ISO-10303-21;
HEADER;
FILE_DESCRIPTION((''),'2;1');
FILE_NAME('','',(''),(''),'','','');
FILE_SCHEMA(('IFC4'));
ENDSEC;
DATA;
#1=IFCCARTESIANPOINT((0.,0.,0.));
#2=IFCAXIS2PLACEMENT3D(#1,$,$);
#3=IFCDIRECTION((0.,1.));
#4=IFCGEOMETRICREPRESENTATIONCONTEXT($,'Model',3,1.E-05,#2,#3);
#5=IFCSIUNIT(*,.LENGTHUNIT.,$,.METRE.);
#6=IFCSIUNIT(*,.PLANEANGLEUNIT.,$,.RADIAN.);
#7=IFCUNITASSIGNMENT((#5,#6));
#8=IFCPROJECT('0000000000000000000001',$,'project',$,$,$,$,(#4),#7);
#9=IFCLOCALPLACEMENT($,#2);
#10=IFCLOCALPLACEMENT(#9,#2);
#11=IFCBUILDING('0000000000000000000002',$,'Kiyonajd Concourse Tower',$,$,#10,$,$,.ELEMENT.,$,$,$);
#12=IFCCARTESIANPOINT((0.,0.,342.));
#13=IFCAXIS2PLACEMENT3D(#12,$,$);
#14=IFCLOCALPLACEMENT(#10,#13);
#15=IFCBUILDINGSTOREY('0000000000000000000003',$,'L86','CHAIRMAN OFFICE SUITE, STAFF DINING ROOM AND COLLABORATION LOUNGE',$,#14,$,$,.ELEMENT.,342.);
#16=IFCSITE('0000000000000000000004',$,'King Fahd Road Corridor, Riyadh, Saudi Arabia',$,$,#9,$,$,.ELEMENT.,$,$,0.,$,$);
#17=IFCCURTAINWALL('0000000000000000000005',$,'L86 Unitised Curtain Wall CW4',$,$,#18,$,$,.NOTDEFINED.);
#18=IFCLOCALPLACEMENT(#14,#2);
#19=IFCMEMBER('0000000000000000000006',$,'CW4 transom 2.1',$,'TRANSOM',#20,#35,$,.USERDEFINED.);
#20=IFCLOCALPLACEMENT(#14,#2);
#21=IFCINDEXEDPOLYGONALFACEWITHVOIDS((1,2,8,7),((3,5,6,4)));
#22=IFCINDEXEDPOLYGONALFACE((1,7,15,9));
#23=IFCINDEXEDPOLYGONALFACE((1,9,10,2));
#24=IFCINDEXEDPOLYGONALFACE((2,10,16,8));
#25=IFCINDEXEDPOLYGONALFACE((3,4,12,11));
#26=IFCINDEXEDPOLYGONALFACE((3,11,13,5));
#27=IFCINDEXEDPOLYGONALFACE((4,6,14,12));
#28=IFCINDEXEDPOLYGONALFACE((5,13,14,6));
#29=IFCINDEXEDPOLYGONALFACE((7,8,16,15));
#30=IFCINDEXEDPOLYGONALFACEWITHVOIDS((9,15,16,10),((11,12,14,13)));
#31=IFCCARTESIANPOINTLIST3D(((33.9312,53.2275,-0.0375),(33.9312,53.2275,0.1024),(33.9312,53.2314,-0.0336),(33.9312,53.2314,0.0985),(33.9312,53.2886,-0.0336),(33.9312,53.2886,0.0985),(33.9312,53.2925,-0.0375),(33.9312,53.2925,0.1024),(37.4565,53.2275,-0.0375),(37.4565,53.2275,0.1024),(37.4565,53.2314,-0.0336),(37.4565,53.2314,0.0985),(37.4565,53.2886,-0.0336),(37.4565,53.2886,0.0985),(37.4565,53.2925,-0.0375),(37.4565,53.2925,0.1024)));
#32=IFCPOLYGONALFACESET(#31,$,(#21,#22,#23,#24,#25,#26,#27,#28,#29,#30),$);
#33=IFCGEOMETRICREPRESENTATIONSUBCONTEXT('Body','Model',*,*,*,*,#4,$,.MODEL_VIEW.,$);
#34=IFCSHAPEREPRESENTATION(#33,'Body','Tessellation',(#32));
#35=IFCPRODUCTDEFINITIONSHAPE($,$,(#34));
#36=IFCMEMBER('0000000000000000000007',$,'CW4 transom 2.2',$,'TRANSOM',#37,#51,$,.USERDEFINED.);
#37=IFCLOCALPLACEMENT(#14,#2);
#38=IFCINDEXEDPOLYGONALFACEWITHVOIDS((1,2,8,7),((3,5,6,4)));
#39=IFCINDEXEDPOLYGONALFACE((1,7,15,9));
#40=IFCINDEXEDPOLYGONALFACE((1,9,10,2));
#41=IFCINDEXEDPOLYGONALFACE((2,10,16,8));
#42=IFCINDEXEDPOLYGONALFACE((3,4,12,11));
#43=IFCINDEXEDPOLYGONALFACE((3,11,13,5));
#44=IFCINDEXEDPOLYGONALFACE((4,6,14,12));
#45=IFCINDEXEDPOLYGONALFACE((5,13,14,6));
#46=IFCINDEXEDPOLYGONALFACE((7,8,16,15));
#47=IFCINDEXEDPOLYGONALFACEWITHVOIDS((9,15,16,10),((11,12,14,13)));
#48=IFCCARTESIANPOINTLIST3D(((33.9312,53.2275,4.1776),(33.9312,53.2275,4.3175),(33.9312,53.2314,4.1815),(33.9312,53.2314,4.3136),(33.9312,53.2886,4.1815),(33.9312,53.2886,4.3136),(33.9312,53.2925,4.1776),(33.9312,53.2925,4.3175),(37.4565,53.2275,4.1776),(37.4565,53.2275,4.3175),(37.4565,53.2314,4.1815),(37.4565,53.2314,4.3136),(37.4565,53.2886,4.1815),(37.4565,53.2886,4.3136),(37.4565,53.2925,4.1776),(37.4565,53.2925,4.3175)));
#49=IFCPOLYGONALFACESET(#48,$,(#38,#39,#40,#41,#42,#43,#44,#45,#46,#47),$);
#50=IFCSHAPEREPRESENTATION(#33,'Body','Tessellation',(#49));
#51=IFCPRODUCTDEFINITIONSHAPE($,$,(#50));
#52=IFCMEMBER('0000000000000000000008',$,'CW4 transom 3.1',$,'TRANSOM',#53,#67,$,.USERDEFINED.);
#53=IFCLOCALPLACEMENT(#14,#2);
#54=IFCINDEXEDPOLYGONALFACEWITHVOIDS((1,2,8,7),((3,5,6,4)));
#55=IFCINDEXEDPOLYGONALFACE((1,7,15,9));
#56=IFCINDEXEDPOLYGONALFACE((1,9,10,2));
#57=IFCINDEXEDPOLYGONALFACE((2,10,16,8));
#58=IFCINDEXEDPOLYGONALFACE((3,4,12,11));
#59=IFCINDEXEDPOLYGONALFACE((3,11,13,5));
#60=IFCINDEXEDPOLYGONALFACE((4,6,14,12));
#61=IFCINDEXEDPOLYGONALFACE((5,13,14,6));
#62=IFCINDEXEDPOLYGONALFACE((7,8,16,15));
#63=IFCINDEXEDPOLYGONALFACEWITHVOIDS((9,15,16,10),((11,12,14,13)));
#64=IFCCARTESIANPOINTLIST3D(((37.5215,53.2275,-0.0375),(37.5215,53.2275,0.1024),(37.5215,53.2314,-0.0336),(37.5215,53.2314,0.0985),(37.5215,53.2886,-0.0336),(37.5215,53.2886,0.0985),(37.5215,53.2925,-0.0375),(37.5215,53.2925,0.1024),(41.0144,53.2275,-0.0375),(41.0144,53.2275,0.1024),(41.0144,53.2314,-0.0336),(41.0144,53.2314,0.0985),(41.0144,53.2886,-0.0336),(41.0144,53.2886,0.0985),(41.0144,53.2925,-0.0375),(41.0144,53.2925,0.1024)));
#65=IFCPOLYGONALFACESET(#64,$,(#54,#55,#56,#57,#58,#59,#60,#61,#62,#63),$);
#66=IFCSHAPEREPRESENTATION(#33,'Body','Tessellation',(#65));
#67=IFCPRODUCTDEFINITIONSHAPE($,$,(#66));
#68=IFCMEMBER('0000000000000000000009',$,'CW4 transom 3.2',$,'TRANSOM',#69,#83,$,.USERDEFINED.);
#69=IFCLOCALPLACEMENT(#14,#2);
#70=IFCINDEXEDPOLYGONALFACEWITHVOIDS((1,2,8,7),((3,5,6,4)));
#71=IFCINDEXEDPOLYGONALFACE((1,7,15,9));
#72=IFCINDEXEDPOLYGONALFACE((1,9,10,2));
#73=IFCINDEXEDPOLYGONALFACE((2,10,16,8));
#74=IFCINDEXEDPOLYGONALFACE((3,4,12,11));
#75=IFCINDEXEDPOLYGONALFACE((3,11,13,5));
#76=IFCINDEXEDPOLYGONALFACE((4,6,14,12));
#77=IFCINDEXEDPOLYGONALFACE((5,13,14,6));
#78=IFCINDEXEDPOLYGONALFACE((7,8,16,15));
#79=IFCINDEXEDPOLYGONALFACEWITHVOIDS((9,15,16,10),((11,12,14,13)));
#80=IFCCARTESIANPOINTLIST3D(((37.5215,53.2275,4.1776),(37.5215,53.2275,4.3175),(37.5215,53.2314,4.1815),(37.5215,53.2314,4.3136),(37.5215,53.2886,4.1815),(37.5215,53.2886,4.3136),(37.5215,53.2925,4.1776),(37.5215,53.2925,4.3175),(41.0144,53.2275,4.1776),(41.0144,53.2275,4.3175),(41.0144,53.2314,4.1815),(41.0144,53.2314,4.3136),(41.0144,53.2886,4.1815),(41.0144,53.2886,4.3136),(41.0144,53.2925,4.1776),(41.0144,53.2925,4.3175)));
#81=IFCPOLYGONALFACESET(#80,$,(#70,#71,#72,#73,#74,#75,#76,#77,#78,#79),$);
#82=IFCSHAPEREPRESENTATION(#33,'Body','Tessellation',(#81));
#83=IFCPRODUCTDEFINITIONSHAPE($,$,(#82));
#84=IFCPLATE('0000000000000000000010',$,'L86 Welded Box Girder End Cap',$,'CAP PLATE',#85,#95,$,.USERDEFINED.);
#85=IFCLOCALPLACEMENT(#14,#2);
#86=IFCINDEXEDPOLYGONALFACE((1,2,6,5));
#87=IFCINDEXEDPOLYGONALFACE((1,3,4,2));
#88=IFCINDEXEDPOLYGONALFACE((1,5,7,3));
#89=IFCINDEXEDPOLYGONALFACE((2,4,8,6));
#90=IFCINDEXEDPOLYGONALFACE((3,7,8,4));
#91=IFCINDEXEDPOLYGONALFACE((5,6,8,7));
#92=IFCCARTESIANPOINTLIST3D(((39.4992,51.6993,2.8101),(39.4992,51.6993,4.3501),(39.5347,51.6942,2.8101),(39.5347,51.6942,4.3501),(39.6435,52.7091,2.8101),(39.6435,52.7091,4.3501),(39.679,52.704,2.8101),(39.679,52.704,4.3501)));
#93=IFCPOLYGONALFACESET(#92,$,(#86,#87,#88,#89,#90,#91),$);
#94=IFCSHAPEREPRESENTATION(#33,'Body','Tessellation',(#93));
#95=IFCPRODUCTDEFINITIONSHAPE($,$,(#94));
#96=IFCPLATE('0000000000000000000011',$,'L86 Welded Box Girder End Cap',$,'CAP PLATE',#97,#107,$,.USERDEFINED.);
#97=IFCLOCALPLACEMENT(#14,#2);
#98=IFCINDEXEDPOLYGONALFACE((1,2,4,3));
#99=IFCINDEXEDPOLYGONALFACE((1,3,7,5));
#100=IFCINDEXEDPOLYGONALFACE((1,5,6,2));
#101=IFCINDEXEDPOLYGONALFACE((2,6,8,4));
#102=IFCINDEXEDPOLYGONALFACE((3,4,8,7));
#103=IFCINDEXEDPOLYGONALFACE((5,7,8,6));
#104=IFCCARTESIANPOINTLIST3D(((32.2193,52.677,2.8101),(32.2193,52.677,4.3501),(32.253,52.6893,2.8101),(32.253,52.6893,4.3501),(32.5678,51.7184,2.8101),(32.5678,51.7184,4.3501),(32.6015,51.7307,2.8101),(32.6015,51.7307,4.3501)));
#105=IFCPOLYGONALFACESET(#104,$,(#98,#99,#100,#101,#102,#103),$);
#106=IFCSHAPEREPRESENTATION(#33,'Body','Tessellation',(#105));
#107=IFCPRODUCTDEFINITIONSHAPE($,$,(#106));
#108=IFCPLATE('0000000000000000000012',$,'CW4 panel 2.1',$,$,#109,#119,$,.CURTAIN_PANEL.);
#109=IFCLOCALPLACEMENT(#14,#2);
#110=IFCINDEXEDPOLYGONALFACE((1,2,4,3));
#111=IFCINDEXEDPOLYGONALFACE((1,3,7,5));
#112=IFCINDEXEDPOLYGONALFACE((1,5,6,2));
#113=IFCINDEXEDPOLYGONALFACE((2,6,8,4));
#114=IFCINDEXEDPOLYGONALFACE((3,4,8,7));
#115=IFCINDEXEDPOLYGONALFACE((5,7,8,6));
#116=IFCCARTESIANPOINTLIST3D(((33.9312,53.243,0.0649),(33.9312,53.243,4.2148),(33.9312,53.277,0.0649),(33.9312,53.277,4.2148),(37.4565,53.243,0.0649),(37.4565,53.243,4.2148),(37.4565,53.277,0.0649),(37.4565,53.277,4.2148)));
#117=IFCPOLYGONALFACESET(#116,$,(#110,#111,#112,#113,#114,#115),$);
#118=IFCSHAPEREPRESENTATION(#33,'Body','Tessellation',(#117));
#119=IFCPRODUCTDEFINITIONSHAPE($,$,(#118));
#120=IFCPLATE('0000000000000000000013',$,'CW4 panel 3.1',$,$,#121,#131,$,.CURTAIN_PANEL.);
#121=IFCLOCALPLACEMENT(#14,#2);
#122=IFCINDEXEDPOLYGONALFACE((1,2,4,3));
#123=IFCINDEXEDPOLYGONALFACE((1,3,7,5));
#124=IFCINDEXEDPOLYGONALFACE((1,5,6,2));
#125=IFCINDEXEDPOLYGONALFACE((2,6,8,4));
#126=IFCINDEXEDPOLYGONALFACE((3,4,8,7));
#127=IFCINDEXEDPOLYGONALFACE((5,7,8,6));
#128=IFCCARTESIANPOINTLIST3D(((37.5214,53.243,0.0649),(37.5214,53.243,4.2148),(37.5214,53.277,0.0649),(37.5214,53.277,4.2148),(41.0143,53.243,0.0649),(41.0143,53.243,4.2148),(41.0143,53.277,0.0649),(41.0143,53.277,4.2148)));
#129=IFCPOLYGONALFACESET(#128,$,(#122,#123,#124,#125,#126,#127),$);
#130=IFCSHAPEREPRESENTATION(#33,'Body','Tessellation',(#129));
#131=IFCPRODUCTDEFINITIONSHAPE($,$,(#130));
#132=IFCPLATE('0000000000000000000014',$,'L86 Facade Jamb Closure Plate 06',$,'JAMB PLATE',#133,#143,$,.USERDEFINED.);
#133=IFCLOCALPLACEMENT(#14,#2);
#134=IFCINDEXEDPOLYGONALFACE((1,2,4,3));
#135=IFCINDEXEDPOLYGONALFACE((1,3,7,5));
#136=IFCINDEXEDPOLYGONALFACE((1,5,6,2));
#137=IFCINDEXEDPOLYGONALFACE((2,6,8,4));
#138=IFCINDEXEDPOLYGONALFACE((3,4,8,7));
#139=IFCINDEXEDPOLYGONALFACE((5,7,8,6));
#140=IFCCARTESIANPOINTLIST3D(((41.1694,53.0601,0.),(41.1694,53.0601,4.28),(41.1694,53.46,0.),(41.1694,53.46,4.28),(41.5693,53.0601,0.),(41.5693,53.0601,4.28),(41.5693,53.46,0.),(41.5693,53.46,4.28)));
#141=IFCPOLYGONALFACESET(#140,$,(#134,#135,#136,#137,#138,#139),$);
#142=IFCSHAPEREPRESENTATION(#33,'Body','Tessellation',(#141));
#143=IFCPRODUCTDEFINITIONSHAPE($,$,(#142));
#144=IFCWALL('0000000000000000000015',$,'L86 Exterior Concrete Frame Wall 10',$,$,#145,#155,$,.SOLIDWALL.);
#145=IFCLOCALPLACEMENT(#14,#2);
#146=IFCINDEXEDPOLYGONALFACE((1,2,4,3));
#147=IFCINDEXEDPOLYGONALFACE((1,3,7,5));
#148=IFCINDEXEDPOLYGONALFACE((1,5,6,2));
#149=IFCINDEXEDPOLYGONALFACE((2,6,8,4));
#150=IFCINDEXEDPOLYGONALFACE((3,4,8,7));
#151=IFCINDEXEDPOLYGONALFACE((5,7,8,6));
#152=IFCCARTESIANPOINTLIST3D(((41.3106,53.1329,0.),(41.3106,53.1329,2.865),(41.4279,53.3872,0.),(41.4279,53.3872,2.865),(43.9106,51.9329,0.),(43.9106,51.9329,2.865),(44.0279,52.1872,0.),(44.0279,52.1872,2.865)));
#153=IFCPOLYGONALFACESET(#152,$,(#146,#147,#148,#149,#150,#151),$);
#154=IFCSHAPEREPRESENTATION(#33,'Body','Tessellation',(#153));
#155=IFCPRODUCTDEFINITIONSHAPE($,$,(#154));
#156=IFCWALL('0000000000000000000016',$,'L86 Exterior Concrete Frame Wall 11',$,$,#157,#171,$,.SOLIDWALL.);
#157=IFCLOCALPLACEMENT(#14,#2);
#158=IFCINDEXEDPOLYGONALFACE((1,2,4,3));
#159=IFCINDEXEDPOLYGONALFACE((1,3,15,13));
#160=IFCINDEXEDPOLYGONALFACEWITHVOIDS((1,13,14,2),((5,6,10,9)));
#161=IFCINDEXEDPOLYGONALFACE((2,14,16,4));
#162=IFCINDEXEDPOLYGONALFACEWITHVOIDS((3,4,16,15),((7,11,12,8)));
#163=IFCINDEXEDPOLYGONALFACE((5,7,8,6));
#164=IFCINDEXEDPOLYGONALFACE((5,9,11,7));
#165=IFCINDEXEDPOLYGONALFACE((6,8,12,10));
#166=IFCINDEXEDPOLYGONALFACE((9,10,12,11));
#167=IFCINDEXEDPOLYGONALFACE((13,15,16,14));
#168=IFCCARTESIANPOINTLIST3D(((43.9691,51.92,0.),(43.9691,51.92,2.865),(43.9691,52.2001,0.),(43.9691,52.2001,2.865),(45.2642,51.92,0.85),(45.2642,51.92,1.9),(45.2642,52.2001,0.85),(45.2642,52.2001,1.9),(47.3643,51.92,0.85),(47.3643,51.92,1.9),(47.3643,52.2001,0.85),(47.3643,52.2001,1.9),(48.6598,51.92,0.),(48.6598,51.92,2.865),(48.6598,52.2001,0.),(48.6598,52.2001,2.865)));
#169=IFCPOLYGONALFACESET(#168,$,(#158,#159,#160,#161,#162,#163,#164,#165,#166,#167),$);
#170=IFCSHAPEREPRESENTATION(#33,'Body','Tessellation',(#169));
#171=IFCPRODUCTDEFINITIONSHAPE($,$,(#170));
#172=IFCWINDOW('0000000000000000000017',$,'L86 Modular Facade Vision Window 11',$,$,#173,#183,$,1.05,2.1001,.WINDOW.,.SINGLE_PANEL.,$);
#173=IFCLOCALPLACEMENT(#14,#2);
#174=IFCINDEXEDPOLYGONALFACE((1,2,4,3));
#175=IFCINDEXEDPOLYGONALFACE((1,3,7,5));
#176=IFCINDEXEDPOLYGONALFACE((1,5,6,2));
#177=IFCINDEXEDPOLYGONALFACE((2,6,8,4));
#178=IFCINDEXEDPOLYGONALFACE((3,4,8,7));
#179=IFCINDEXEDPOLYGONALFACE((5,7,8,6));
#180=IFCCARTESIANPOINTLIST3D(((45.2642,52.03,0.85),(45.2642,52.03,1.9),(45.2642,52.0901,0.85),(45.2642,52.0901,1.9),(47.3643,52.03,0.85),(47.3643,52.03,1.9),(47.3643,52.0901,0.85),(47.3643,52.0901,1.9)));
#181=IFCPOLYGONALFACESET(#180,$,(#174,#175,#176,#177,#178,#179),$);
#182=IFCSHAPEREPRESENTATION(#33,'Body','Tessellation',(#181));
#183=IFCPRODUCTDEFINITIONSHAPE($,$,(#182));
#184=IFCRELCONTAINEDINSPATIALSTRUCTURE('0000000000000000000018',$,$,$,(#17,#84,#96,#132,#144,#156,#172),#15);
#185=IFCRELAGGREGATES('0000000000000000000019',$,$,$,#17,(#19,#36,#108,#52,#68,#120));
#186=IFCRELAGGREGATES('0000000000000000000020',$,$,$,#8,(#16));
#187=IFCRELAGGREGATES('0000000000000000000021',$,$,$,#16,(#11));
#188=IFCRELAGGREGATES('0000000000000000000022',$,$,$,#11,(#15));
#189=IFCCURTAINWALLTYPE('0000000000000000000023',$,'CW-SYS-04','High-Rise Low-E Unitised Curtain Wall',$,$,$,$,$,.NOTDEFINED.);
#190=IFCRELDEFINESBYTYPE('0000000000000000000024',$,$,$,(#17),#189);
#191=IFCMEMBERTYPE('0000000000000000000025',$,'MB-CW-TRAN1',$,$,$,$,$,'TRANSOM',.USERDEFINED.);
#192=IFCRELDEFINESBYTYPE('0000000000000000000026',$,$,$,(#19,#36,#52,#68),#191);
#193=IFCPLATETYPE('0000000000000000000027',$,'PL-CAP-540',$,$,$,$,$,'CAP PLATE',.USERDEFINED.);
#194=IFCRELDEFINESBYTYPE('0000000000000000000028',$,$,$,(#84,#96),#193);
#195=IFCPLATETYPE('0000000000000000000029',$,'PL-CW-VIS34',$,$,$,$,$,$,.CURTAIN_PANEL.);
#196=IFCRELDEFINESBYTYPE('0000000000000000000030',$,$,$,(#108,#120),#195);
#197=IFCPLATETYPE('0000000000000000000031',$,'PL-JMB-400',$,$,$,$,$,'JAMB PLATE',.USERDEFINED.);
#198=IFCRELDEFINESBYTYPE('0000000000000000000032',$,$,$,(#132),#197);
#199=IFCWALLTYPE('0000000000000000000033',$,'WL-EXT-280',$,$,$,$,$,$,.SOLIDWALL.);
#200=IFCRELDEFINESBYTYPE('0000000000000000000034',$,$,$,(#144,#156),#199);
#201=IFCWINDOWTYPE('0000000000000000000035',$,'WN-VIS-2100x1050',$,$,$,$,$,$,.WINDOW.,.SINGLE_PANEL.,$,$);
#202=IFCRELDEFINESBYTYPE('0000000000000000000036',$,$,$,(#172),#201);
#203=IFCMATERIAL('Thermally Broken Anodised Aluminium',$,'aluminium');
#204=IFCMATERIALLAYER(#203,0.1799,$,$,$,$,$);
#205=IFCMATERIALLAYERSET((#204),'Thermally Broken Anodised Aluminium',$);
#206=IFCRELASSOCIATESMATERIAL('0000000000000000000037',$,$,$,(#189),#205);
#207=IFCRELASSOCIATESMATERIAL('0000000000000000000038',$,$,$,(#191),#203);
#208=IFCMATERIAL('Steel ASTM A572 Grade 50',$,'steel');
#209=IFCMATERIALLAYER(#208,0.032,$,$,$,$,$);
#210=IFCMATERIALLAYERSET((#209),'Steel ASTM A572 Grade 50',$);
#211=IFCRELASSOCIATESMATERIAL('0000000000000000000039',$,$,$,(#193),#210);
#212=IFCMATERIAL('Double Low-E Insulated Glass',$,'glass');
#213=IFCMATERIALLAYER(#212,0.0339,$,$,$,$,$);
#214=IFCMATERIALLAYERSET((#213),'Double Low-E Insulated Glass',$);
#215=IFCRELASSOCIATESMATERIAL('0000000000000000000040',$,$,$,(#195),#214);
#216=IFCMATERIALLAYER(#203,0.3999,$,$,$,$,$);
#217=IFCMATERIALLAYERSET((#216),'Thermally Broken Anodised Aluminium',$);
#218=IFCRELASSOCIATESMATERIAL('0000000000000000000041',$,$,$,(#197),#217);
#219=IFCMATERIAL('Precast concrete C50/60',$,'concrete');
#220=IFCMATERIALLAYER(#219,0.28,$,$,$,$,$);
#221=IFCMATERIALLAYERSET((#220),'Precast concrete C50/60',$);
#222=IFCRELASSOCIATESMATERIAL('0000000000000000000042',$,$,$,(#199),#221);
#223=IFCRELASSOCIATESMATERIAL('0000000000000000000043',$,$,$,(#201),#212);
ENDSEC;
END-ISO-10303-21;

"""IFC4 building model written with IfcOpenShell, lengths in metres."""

from ifc_helpers import new_model, si_unit, direction, frame, frame_2d, origin, origin_2d, place, context, subcontext, project, spatial, rectangle, hollow_rectangle, extrude, material, layer, layer_set, material_profile, profile_set, type_object, element, fill, aggregate, save


model = new_model("IFC4")

# Units and contexts
model_context = context("Model", 3, precision=1e-05, world=origin(), true_north=direction((0.0, 1.0)))
body_context = subcontext(model_context, "Body", "Model", "MODEL_VIEW")
ifc_project = project(units=[si_unit("LENGTHUNIT", "METRE"), si_unit("PLANEANGLEUNIT", "RADIAN")], contexts=[model_context])

# Site, building, storey
site_placement = place(None, origin())
site = spatial("IfcSite", under=ifc_project, at=site_placement, Name="King Fahd Road Corridor, Riyadh, Saudi Arabia", CompositionType="ELEMENT", RefElevation=0.0)
building_placement = place(site_placement, origin())
building = spatial("IfcBuilding", under=site, at=building_placement, Name="Kiyonajd Concourse Tower", CompositionType="ELEMENT")
storey_placement = place(building_placement, frame((0.0, 0.0, 342.0)))
storey = spatial("IfcBuildingStorey", under=building, at=storey_placement, Name="L86", Description="CHAIRMAN OFFICE SUITE, STAFF DINING ROOM AND COLLABORATION LOUNGE", CompositionType="ELEMENT", Elevation=342.0)

# Curtain wall, members
ifc_material_1 = material(Name="Thermally Broken Anodised Aluminium", Category="aluminium")
ifc_layer_1 = layer(ifc_material_1, 0.1799)
ifc_layer_set_1 = layer_set([ifc_layer_1], Name="Thermally Broken Anodised Aluminium")
curtain_wall_type = type_object("IfcCurtainWallType", Name="CW-SYS-04", Description="High-Rise Low-E Unitised Curtain Wall", PredefinedType="NOTDEFINED", material=ifc_layer_set_1)
curtain_wall_placement = place(storey_placement, origin())
curtain_wall = element("IfcCurtainWall", 1, at=curtain_wall_placement, inside=storey, type_object=curtain_wall_type, Name="L86 Unitised Curtain Wall CW4", PredefinedType="NOTDEFINED")
ifc_material_profile_1 = material_profile(ifc_material_1, hollow_rectangle(XDim=0.0649, YDim=0.1399, WallThickness=0.0039, at=origin_2d()), Name="TRAN-65x140")
ifc_profile_set_1 = profile_set([ifc_material_profile_1], Name="Thermally Broken Anodised Aluminium")
member_type_1 = type_object("IfcMemberType", Name="MB-CW-TRAN1", ElementType="TRANSOM", PredefinedType="USERDEFINED", material=ifc_profile_set_1)
member_1_placement = place(storey_placement, frame((33.9312, 53.26, 0.0325), z_axis=(1.0, 0.0, 0.0), x_axis=(0.0, 1.0, 0.0)))
member_1 = element("IfcMember", 2, at=member_1_placement, type_object=member_type_1, Name="CW4 transom 2.1", ObjectType="TRANSOM", PredefinedType="USERDEFINED", context=body_context, shape_type="SweptSolid", body=[
    extrude(hollow_rectangle(XDim=0.0649, YDim=0.1399, WallThickness=0.0039, at=origin_2d()), origin(), (0.0, 0.0, 1.0), 3.5254),
])
member_2_placement = place(storey_placement, frame((33.9312, 53.26, 4.2476), z_axis=(1.0, 0.0, 0.0), x_axis=(0.0, 1.0, 0.0)))
member_2 = element("IfcMember", 3, at=member_2_placement, type_object=member_type_1, Name="CW4 transom 2.2", ObjectType="TRANSOM", PredefinedType="USERDEFINED", context=body_context, shape_type="SweptSolid", body=[
    extrude(hollow_rectangle(XDim=0.0649, YDim=0.1399, WallThickness=0.0039, at=origin_2d()), origin(), (0.0, 0.0, 1.0), 3.5254),
])
member_3_placement = place(storey_placement, frame((37.5215, 53.26, 0.0325), z_axis=(1.0, 0.0, 0.0), x_axis=(0.0, 1.0, 0.0)))
member_3 = element("IfcMember", 4, at=member_3_placement, type_object=member_type_1, Name="CW4 transom 3.1", ObjectType="TRANSOM", PredefinedType="USERDEFINED", context=body_context, shape_type="SweptSolid", body=[
    extrude(hollow_rectangle(XDim=0.0649, YDim=0.1399, WallThickness=0.0039, at=origin_2d()), origin(), (0.0, 0.0, 1.0), 3.4929),
])
member_4_placement = place(storey_placement, frame((37.5215, 53.26, 4.2476), z_axis=(1.0, 0.0, 0.0), x_axis=(0.0, 1.0, 0.0)))
member_4 = element("IfcMember", 5, at=member_4_placement, type_object=member_type_1, Name="CW4 transom 3.2", ObjectType="TRANSOM", PredefinedType="USERDEFINED", context=body_context, shape_type="SweptSolid", body=[
    extrude(hollow_rectangle(XDim=0.0649, YDim=0.1399, WallThickness=0.0039, at=origin_2d()), origin(), (0.0, 0.0, 1.0), 3.4929),
])

# Plates
ifc_material_2 = material(Name="Steel ASTM A572 Grade 50", Category="steel")
ifc_layer_2 = layer(ifc_material_2, 0.032)
ifc_layer_set_2 = layer_set([ifc_layer_2], Name="Steel ASTM A572 Grade 50")
plate_type_1 = type_object("IfcPlateType", Name="PL-CAP-540", ElementType="CAP PLATE", PredefinedType="USERDEFINED", material=ifc_layer_set_2)
for number, where, z_axis, x_axis, name in (
    (6, (39.5891, 52.2017, 2.8101), (0.0, 0.0, 1.0), (-0.98995, 0.14142, 0.0), "L86 Welded Box Girder End Cap"),
    (7, (32.4104, 52.2039, 2.8101), (0.0, 0.0, 1.0), (0.939812, 0.341692, 0.0), "L86 Welded Box Girder End Cap"),
):
    element("IfcPlate", number, at=place(storey_placement, frame(where, z_axis=z_axis, x_axis=x_axis)), inside=storey, type_object=plate_type_1, Name=name, ObjectType="CAP PLATE", PredefinedType="USERDEFINED", context=body_context, shape_type="SweptSolid", body=[
        extrude(rectangle(XDim=0.0359, YDim=1.02, at=origin_2d()), origin(), (0.0, 0.0, 1.0), 1.54),
    ])

# Plates
ifc_material_3 = material(Name="Double Low-E Insulated Glass", Category="glass")
ifc_layer_3 = layer(ifc_material_3, 0.0339)
ifc_layer_set_3 = layer_set([ifc_layer_3], Name="Double Low-E Insulated Glass")
plate_type_2 = type_object("IfcPlateType", Name="PL-CW-VIS34", PredefinedType="CURTAIN_PANEL", material=ifc_layer_set_3)
plate_1_placement = place(storey_placement, frame((35.6938, 53.26, 0.0649), z_axis=(0.0, 0.0, 1.0), x_axis=(1.0, 0.0, 0.0)))
plate_1 = element("IfcPlate", 8, at=plate_1_placement, type_object=plate_type_2, Name="CW4 panel 2.1", PredefinedType="CURTAIN_PANEL", context=body_context, shape_type="SweptSolid", body=[
    extrude(rectangle(XDim=3.5254, YDim=0.0339, at=origin_2d()), origin(), (0.0, 0.0, 1.0), 4.1499),
])
plate_2_placement = place(storey_placement, frame((39.2678, 53.26, 0.0649), z_axis=(0.0, 0.0, 1.0), x_axis=(1.0, 0.0, 0.0)))
plate_2 = element("IfcPlate", 9, at=plate_2_placement, type_object=plate_type_2, Name="CW4 panel 3.1", PredefinedType="CURTAIN_PANEL", context=body_context, shape_type="SweptSolid", body=[
    extrude(rectangle(XDim=3.4929, YDim=0.0339, at=origin_2d()), origin(), (0.0, 0.0, 1.0), 4.1499),
])
aggregate(curtain_wall, [member_1, member_2, plate_1, member_3, member_4, plate_2])
ifc_layer_4 = layer(ifc_material_1, 0.3999)
ifc_layer_set_4 = layer_set([ifc_layer_4], Name="Thermally Broken Anodised Aluminium")
plate_type_3 = type_object("IfcPlateType", Name="PL-JMB-400", ElementType="JAMB PLATE", PredefinedType="USERDEFINED", material=ifc_layer_set_4)
plate_3_placement = place(storey_placement, frame((41.3694, 53.26, 0.0), z_axis=(0.0, 0.0, 1.0), x_axis=(1.0, 0.0, 0.0)))
element("IfcPlate", 10, at=plate_3_placement, inside=storey, type_object=plate_type_3, Name="L86 Facade Jamb Closure Plate 06", ObjectType="JAMB PLATE", PredefinedType="USERDEFINED", context=body_context, shape_type="SweptSolid", body=[
    extrude(rectangle(XDim=0.3999, YDim=0.3999, at=origin_2d()), origin(), (0.0, 0.0, 1.0), 4.28),
])

# Wall
ifc_material_4 = material(Name="Precast concrete C50/60", Category="concrete")
ifc_layer_5 = layer(ifc_material_4, 0.28)
ifc_layer_set_5 = layer_set([ifc_layer_5], Name="Precast concrete C50/60")
wall_type_1 = type_object("IfcWallType", Name="WL-EXT-280", PredefinedType="SOLIDWALL", material=ifc_layer_set_5)
wall_1_placement = place(storey_placement, frame((41.3694, 53.26, 0.0), z_axis=(0.0, 0.0, 1.0), x_axis=(0.907957, -0.419064, 0.0)))
element("IfcWall", 11, at=wall_1_placement, inside=storey, type_object=wall_type_1, Name="L86 Exterior Concrete Frame Wall 10", PredefinedType="SOLIDWALL", context=body_context, shape_type="SweptSolid", body=[
    extrude(rectangle(XDim=2.8635, YDim=0.28, at=frame_2d((1.4316, 0.0))), origin(), (0.0, 0.0, 1.0), 2.865),
])

# Wall, opening, window
wall_2_placement = place(storey_placement, frame((43.9692, 52.0601, 0.0), z_axis=(0.0, 0.0, 1.0), x_axis=(1.0, 0.0, 0.0)))
wall_2 = element("IfcWall", 12, at=wall_2_placement, inside=storey, type_object=wall_type_1, Name="L86 Exterior Concrete Frame Wall 11", PredefinedType="SOLIDWALL", context=body_context, shape_type="SweptSolid", body=[
    extrude(rectangle(XDim=4.6907, YDim=0.28, at=frame_2d((2.3452, 0.0))), origin(), (0.0, 0.0, 1.0), 2.865),
])
opening_placement = place(wall_2_placement, frame((1.2949, 0.0, 0.8501)))
opening = element("IfcOpeningElement", 13, at=opening_placement, cuts=wall_2, PredefinedType="OPENING", context=body_context, shape_type="SweptSolid", body=[
    extrude(rectangle(XDim=2.1001, YDim=1.05, at=frame_2d((1.05, 0.5249))), frame((0.0, 0.1499, 0.0), z_axis=(0.0, -1.0, 0.0), x_axis=(1.0, 0.0, 0.0)), (0.0, 0.0, 1.0), 0.3),
])
window_type = type_object("IfcWindowType", Name="WN-VIS-2100x1050", PartitioningType="SINGLE_PANEL", PredefinedType="WINDOW", material=ifc_material_3)
window_placement = place(opening_placement, origin())
window = element("IfcWindow", 14, at=window_placement, inside=storey, type_object=window_type, Name="L86 Modular Facade Vision Window 11", OverallHeight=1.05, OverallWidth=2.1001, PartitioningType="SINGLE_PANEL", PredefinedType="WINDOW", context=body_context, shape_type="SweptSolid", body=[
    extrude(rectangle(XDim=2.1001, YDim=1.05, at=frame_2d((1.05, 0.5249))), frame((0.0, 0.03, 0.0), z_axis=(0.0, -1.0, 0.0), x_axis=(1.0, 0.0, 0.0)), (0.0, 0.0, 1.0), 0.0601),
])
fill(opening, window)

save(model, "model.ifc")
